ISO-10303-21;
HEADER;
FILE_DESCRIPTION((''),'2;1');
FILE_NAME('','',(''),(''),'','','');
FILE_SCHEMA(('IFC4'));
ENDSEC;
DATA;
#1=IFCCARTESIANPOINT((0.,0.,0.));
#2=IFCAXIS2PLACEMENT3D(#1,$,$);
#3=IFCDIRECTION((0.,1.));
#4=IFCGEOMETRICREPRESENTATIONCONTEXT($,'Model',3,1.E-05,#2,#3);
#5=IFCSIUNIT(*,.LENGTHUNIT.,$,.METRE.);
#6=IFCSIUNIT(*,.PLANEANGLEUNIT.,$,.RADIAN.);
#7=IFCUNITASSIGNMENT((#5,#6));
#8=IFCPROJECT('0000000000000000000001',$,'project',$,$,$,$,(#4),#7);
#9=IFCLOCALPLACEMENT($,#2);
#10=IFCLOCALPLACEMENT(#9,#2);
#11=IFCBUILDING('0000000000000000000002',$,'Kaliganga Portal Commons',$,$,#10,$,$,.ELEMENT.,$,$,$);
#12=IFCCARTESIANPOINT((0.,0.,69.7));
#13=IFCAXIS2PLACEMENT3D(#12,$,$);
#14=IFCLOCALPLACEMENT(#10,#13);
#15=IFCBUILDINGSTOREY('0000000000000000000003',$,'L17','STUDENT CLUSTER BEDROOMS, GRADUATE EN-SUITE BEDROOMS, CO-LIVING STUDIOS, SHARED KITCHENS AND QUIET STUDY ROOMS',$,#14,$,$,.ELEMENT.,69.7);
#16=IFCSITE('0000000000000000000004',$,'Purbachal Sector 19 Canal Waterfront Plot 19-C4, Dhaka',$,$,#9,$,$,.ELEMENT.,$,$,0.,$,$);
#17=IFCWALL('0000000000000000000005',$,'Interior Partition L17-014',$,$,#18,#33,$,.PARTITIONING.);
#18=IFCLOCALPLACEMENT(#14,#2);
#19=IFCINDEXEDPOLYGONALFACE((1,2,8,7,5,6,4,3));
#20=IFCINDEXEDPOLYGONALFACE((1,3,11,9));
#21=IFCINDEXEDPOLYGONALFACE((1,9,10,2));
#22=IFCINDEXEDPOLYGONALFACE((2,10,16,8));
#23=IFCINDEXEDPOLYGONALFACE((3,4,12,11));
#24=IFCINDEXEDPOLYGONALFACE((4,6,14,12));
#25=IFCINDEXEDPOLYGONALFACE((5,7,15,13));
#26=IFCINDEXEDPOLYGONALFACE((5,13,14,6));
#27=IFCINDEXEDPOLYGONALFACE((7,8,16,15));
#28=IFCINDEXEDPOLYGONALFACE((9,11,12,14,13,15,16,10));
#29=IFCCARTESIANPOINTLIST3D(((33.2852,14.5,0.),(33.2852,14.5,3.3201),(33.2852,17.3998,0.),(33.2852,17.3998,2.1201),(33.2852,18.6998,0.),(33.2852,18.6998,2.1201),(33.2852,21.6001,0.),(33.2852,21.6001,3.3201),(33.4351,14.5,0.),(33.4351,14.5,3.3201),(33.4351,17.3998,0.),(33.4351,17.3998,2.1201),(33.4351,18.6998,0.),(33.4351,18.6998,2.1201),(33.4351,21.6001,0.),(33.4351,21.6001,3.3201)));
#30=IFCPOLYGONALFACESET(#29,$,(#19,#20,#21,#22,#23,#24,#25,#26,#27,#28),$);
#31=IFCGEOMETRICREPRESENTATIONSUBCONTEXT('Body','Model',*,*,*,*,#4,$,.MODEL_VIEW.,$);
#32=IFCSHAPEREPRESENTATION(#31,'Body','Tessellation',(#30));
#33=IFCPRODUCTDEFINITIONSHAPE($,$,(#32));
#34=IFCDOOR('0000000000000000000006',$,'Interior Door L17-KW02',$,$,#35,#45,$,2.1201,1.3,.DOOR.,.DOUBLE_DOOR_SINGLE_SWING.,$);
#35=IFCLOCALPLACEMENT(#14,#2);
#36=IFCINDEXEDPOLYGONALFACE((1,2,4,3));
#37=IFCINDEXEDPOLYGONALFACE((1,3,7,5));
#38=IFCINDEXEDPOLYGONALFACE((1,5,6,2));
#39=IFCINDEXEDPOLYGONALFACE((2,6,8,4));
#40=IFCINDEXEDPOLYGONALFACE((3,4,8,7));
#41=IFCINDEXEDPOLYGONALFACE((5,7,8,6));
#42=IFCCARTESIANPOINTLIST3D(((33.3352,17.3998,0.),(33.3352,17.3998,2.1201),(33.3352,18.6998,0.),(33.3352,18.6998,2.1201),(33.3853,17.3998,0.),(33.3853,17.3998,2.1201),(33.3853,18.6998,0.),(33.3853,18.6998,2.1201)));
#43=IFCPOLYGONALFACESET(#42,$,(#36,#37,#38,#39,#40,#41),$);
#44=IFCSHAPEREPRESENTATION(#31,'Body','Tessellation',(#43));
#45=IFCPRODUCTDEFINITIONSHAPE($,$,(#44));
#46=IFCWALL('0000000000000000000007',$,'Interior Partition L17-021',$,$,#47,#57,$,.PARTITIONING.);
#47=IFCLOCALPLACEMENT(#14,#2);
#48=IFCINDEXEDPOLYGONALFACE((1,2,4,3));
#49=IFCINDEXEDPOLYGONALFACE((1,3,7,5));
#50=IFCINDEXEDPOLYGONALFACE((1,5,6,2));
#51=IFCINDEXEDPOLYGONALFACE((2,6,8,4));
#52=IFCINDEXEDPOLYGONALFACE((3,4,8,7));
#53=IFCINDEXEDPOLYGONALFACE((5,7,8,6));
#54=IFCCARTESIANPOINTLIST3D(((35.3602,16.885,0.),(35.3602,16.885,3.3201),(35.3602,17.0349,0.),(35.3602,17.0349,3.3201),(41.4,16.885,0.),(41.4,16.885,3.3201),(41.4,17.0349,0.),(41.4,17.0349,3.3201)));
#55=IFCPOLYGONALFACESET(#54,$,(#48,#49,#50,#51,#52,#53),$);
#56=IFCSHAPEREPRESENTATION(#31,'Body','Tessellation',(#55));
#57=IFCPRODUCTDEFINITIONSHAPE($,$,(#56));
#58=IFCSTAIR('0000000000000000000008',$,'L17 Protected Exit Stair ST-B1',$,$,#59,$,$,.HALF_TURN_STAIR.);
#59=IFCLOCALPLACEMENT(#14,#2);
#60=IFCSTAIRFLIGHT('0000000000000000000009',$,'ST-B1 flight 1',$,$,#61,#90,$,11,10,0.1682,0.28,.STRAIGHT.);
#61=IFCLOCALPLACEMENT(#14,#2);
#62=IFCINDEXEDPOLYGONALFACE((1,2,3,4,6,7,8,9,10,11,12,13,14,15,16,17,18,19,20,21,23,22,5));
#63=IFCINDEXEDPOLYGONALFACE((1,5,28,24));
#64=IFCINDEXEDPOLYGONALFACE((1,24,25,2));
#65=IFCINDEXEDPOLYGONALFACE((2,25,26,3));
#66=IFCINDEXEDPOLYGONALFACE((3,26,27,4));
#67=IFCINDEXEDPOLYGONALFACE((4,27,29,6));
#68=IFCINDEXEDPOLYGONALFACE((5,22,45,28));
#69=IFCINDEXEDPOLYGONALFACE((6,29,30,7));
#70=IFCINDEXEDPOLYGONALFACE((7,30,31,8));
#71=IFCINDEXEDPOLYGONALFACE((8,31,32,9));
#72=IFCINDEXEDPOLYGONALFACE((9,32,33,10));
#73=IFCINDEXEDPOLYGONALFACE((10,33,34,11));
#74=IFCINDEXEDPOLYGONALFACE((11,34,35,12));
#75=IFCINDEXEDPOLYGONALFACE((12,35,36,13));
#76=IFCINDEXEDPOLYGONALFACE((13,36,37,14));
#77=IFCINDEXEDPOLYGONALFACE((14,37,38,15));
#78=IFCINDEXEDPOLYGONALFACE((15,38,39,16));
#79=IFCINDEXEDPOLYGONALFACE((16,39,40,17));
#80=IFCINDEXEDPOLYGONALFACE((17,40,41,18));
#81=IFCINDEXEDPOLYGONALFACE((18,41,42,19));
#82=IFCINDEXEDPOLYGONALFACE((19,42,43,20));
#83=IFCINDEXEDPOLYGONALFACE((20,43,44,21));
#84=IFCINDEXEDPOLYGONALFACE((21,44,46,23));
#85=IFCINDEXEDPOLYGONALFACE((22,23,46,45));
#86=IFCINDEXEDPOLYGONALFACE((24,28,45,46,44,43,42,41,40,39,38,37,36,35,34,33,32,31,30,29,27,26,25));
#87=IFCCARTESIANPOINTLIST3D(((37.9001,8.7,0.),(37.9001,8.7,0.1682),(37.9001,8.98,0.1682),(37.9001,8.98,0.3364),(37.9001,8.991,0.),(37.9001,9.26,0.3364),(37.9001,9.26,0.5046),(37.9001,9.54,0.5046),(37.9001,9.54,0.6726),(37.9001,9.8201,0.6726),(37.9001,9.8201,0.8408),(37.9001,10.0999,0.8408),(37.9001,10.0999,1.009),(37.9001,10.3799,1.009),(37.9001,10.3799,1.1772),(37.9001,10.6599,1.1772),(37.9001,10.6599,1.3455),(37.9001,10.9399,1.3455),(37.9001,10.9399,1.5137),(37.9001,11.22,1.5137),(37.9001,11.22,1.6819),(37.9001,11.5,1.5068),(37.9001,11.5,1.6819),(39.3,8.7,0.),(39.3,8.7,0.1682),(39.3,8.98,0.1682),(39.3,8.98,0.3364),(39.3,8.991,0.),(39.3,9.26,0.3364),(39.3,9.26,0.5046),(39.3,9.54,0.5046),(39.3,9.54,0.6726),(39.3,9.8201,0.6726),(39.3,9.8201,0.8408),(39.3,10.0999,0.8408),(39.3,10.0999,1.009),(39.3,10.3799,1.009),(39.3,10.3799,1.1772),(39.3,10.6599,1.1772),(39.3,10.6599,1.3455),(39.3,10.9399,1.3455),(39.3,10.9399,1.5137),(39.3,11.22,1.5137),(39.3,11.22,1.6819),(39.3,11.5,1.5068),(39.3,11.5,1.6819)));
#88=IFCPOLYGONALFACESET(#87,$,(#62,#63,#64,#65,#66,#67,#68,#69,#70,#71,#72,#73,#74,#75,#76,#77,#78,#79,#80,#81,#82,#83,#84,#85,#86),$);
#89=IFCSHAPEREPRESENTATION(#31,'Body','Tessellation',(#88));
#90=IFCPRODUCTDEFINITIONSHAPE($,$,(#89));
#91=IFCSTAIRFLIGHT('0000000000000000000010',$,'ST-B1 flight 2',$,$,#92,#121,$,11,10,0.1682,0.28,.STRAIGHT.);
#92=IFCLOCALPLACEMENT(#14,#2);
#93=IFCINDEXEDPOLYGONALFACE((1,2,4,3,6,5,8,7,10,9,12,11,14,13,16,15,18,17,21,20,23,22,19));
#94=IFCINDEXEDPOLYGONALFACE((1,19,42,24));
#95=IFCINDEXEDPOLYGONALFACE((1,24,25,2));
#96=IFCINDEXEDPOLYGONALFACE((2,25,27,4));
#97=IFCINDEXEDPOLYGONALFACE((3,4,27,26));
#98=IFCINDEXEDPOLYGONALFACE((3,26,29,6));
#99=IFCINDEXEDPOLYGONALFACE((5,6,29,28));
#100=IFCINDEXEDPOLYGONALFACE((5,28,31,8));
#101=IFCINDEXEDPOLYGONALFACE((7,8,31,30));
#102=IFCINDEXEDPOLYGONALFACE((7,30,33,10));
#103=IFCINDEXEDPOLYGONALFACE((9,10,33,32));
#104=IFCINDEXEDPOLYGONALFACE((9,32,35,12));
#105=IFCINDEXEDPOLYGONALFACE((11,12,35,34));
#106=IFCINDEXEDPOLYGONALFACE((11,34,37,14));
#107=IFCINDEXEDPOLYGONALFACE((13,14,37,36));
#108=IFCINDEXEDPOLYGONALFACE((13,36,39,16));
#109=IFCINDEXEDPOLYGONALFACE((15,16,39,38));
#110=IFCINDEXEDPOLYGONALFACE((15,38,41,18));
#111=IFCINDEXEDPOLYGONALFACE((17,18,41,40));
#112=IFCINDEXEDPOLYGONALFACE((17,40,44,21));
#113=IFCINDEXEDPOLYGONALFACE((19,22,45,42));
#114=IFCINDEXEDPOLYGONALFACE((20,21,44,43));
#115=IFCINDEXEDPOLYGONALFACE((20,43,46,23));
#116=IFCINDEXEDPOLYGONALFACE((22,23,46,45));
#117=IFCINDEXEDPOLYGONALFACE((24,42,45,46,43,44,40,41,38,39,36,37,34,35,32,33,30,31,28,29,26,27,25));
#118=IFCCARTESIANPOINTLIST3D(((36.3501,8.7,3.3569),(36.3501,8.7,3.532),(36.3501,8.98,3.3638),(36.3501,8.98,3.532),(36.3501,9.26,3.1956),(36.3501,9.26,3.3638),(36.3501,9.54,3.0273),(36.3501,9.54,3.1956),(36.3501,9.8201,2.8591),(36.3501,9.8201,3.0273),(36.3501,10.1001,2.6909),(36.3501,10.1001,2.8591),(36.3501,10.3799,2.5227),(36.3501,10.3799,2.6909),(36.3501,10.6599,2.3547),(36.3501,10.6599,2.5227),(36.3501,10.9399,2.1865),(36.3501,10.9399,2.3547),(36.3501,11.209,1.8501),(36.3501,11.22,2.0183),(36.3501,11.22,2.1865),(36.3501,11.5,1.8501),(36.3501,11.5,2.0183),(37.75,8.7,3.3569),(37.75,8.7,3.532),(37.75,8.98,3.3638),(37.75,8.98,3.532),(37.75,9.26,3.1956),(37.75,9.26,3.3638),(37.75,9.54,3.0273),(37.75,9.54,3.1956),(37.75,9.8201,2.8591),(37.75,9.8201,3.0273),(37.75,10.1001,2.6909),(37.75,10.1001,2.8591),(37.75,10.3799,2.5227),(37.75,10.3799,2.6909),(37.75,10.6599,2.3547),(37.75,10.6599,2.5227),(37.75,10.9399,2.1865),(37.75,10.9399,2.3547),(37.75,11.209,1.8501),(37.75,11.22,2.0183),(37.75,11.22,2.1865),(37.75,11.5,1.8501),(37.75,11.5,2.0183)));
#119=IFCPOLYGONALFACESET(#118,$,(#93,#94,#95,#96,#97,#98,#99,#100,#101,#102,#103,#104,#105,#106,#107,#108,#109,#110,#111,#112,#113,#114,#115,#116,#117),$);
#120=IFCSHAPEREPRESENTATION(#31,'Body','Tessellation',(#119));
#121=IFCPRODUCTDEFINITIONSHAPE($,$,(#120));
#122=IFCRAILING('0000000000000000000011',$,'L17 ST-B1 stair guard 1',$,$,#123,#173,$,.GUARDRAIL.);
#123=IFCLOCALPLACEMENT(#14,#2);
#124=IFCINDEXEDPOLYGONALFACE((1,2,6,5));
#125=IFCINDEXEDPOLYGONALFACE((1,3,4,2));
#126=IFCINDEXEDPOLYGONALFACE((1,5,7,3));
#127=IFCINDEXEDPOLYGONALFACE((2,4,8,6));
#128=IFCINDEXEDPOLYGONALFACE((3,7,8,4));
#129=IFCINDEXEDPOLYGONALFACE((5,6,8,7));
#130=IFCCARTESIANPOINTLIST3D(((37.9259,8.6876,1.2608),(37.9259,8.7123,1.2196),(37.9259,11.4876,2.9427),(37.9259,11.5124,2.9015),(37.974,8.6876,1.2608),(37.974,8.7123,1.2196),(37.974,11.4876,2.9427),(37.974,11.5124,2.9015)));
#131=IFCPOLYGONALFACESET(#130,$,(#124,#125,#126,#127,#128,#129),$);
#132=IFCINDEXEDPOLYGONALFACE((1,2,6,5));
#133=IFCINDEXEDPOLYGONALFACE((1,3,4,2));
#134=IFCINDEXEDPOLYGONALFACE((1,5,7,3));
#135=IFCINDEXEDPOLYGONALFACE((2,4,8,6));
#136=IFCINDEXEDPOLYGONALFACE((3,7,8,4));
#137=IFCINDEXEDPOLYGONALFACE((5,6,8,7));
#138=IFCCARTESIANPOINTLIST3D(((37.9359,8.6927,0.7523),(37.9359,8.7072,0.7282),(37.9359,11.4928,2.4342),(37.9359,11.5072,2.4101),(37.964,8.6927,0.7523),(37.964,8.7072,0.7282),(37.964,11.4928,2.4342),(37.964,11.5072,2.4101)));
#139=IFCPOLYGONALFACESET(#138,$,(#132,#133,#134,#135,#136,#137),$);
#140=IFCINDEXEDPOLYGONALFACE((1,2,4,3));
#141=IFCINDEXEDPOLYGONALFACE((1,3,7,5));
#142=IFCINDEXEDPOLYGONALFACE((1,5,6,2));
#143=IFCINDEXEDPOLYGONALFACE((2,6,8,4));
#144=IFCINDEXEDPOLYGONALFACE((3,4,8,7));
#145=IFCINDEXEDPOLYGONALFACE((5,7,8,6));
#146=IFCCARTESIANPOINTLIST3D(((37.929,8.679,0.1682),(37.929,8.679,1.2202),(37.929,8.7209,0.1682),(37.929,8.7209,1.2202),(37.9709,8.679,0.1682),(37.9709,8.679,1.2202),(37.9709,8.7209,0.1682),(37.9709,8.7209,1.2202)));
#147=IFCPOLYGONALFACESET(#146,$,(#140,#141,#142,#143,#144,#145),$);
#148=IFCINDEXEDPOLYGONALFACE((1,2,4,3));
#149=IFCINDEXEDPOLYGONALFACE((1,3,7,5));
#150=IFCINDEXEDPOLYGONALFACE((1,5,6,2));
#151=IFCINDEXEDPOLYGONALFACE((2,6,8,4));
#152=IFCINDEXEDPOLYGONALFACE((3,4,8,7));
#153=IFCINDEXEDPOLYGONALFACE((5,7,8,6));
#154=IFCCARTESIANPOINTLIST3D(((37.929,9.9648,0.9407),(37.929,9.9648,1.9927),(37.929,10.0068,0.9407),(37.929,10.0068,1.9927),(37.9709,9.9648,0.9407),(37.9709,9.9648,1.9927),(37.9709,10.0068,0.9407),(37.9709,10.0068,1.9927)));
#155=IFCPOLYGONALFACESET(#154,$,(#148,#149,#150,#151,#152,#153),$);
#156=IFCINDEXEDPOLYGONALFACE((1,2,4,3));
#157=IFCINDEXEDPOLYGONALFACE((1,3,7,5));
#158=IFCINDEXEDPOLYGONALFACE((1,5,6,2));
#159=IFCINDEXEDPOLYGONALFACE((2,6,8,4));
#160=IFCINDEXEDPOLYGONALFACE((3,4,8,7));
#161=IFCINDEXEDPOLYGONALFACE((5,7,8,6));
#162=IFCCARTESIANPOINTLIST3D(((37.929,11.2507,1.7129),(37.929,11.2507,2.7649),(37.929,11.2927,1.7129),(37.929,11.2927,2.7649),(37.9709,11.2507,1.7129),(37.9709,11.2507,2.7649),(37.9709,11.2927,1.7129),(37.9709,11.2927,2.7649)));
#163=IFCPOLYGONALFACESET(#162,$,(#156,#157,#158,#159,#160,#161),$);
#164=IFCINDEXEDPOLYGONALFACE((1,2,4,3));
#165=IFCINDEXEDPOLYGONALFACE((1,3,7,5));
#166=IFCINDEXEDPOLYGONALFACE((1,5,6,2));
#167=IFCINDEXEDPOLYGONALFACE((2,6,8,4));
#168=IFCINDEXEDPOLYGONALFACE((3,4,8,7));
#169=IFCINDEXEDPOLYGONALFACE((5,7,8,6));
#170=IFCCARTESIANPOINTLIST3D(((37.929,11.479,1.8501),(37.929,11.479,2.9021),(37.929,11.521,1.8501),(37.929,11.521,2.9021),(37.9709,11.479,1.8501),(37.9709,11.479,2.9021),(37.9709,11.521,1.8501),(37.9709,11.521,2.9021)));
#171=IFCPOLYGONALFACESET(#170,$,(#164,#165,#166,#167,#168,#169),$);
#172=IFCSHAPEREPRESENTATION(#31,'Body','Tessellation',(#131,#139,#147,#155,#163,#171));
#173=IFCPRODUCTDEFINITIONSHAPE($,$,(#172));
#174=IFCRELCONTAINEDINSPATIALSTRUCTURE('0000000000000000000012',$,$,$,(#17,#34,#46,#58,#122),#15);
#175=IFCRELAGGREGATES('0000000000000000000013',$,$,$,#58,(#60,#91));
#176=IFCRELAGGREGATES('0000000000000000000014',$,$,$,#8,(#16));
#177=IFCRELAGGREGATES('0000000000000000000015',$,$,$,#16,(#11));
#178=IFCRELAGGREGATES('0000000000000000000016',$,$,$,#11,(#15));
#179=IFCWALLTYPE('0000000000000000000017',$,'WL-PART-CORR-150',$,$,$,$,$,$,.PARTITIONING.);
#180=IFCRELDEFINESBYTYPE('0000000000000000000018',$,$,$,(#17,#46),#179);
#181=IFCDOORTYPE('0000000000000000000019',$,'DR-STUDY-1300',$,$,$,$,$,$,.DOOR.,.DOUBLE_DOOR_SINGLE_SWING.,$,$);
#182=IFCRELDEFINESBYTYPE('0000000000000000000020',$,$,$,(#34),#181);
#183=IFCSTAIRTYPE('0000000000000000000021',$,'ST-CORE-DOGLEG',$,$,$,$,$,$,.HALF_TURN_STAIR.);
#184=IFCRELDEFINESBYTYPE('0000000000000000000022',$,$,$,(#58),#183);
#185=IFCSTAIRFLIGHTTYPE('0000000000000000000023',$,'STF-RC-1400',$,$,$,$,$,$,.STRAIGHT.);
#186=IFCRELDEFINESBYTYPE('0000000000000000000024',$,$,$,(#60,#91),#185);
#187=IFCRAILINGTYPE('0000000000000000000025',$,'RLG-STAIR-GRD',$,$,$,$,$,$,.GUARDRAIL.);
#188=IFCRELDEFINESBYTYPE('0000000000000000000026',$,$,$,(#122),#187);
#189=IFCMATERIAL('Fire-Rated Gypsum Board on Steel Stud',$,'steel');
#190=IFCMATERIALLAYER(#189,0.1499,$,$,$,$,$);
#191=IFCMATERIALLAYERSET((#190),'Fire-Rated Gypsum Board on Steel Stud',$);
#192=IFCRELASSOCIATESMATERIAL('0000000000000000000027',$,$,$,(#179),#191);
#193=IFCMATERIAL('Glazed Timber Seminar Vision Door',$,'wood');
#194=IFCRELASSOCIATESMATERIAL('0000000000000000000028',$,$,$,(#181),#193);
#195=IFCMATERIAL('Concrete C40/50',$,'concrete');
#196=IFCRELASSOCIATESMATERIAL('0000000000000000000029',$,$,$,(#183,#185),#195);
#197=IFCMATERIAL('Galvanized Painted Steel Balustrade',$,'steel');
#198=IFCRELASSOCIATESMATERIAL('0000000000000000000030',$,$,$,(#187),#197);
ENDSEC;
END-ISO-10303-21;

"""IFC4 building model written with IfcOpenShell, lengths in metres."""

from ifc_helpers import new_model, si_unit, direction, frame, frame_2d, origin, origin_2d, place, context, subcontext, project, spatial, polyline, rectangle, outline, extrude, material, layer, layer_set, type_object, element, fill, aggregate, save


model = new_model("IFC4")

# Units and contexts
model_context = context("Model", 3, precision=1e-05, world=origin(), true_north=direction((0.0, 1.0)))
body_context = subcontext(model_context, "Body", "Model", "MODEL_VIEW")
ifc_project = project(units=[si_unit("LENGTHUNIT", "METRE"), si_unit("PLANEANGLEUNIT", "RADIAN")], contexts=[model_context])

# Site, building, storey
site_placement = place(None, origin())
site = spatial("IfcSite", under=ifc_project, at=site_placement, Name="Purbachal Sector 19 Canal Waterfront Plot 19-C4, Dhaka", CompositionType="ELEMENT", RefElevation=0.0)
building_placement = place(site_placement, origin())
building = spatial("IfcBuilding", under=site, at=building_placement, Name="Kaliganga Portal Commons", CompositionType="ELEMENT")
storey_placement = place(building_placement, frame((0.0, 0.0, 69.7)))
storey = spatial("IfcBuildingStorey", under=building, at=storey_placement, Name="L17", Description="STUDENT CLUSTER BEDROOMS, GRADUATE EN-SUITE BEDROOMS, CO-LIVING STUDIOS, SHARED KITCHENS AND QUIET STUDY ROOMS", CompositionType="ELEMENT", Elevation=69.7)

# Wall, opening, door
ifc_material_1 = material(Name="Fire-Rated Gypsum Board on Steel Stud", Category="steel")
ifc_layer_1 = layer(ifc_material_1, 0.1499)
ifc_layer_set_1 = layer_set([ifc_layer_1], Name="Fire-Rated Gypsum Board on Steel Stud")
wall_type_1 = type_object("IfcWallType", Name="WL-PART-CORR-150", PredefinedType="PARTITIONING", material=ifc_layer_set_1)
ifc_material_2 = material(Name="Glazed Timber Seminar Vision Door", Category="wood")
door_type = type_object("IfcDoorType", Name="DR-STUDY-1300", OperationType="DOUBLE_DOOR_SINGLE_SWING", PredefinedType="DOOR", material=ifc_material_2)
wall_1_placement = place(storey_placement, frame((33.3601, 14.5, 0.0), z_axis=(0.0, 0.0, 1.0), x_axis=(0.0, 1.0, 0.0)))
wall_1 = element("IfcWall", 1, at=wall_1_placement, inside=storey, type_object=wall_type_1, Name="Interior Partition L17-014", PredefinedType="PARTITIONING", context=body_context, shape_type="SweptSolid", body=[
    extrude(rectangle(XDim=7.1001, YDim=0.1499, at=frame_2d((3.55, 0.0))), origin(), (0.0, 0.0, 1.0), 3.3201),
])
opening_1_placement = place(wall_1_placement, frame((2.8999, 0.0, 0.0)))
opening_1 = element("IfcOpeningElement", 2, at=opening_1_placement, cuts=wall_1, PredefinedType="OPENING", context=body_context, shape_type="SweptSolid", body=[
    extrude(rectangle(XDim=1.3, YDim=2.1201, at=frame_2d((0.6499, 1.0601))), frame((0.0, 0.085, 0.0), z_axis=(0.0, -1.0, 0.0), x_axis=(1.0, 0.0, 0.0)), (0.0, 0.0, 1.0), 0.1699),
])
door_1_placement = place(opening_1_placement, origin())
door_1 = element("IfcDoor", 3, at=door_1_placement, inside=storey, type_object=door_type, Name="Interior Door L17-KW02", OperationType="DOUBLE_DOOR_SINGLE_SWING", OverallHeight=2.1201, OverallWidth=1.3, PredefinedType="DOOR", context=body_context, shape_type="SweptSolid", body=[
    extrude(rectangle(XDim=1.3, YDim=2.1201, at=frame_2d((0.6499, 1.0601))), frame((0.0, 0.0249, 0.0), z_axis=(0.0, -1.0, 0.0), x_axis=(1.0, 0.0, 0.0)), (0.0, 0.0, 1.0), 0.05),
])
fill(opening_1, door_1)

# Wall
wall_2_placement = place(storey_placement, frame((35.3601, 16.96, 0.0), z_axis=(0.0, 0.0, 1.0), x_axis=(1.0, 0.0, 0.0)))
element("IfcWall", 4, at=wall_2_placement, inside=storey, type_object=wall_type_1, Name="Interior Partition L17-021", PredefinedType="PARTITIONING", context=body_context, shape_type="SweptSolid", body=[
    extrude(rectangle(XDim=6.0398, YDim=0.1499, at=frame_2d((3.02, 0.0))), origin(), (0.0, 0.0, 1.0), 3.3201),
])

# Stair, stair flights
ifc_material_3 = material(Name="Concrete C40/50", Category="concrete")
stair_type = type_object("IfcStairType", Name="ST-CORE-DOGLEG", PredefinedType="HALF_TURN_STAIR", material=ifc_material_3)
stair_placement = place(storey_placement, origin())
stair = element("IfcStair", 5, at=stair_placement, inside=storey, type_object=stair_type, Name="L17 Protected Exit Stair ST-B1", PredefinedType="HALF_TURN_STAIR")
stair_flight_type = type_object("IfcStairFlightType", Name="STF-RC-1400", PredefinedType="STRAIGHT", material=ifc_material_3)
stair_flight_1_placement = place(storey_placement, frame((38.6001, 8.7, 0.0), z_axis=(0.0, 0.0, 1.0), x_axis=(0.0, 1.0, 0.0)))
stair_flight_1 = element("IfcStairFlight", 6, at=stair_flight_1_placement, type_object=stair_flight_type, Name="ST-B1 flight 1", NumberOfRisers=11, NumberOfTreads=10, PredefinedType="STRAIGHT", RiserHeight=0.1682, TreadLength=0.28, context=body_context, shape_type="SweptSolid", body=[
    extrude(outline(polyline([(0.0, 0.0), (0.0, 0.1682), (0.28, 0.1682), (0.28, 0.3364), (0.5601, 0.3364), (0.5601, 0.5046), (0.8401, 0.5046), (0.8401, 0.6726), (1.1201, 0.6726), (1.1201, 0.8408), (1.3999, 0.8408), (1.3999, 1.009), (1.6799, 1.009), (1.6799, 1.1772), (1.96, 1.1772), (1.96, 1.3455), (2.24, 1.3455), (2.24, 1.5137), (2.52, 1.5137), (2.52, 1.6819), (2.8, 1.6819), (2.8, 1.8501), (2.8, 1.5068), (0.291, 0.0), (0.0, 0.0)])), frame((0.0, 0.7, 0.0), z_axis=(0.0, -1.0, 0.0), x_axis=(1.0, 0.0, 0.0)), (0.0, 0.0, 1.0), 1.3999),
])
stair_flight_2_placement = place(storey_placement, frame((37.05, 11.5, 1.8501), z_axis=(0.0, 0.0, 1.0), x_axis=(0.0, -1.0, 0.0)))
stair_flight_2 = element("IfcStairFlight", 7, at=stair_flight_2_placement, type_object=stair_flight_type, Name="ST-B1 flight 2", NumberOfRisers=11, NumberOfTreads=10, PredefinedType="STRAIGHT", RiserHeight=0.1682, TreadLength=0.28, context=body_context, shape_type="SweptSolid", body=[
    extrude(outline(polyline([(0.0, 0.0), (0.0, 0.1682), (0.28, 0.1682), (0.28, 0.3364), (0.5601, 0.3364), (0.5601, 0.5046), (0.8401, 0.5046), (0.8401, 0.6726), (1.1201, 0.6726), (1.1201, 0.8408), (1.3999, 0.8408), (1.3999, 1.009), (1.6799, 1.009), (1.6799, 1.1772), (1.96, 1.1772), (1.96, 1.3455), (2.24, 1.3455), (2.24, 1.5137), (2.52, 1.5137), (2.52, 1.6819), (2.8, 1.6819), (2.8, 1.8501), (2.8, 1.5068), (0.291, 0.0), (0.0, 0.0)])), frame((0.0, 0.7, 0.0), z_axis=(0.0, -1.0, 0.0), x_axis=(1.0, 0.0, 0.0)), (0.0, 0.0, 1.0), 1.3999),
])
aggregate(stair, [stair_flight_1, stair_flight_2])

# Railing
ifc_material_4 = material(Name="Galvanized Painted Steel Balustrade", Category="steel")
railing_type_1 = type_object("IfcRailingType", Name="RLG-STAIR-GRD", PredefinedType="GUARDRAIL", material=ifc_material_4)
railing_1_placement = place(storey_placement, frame((37.95, 8.7, 0.1682)))
element("IfcRailing", 8, at=railing_1_placement, inside=storey, type_object=railing_type_1, Name="L17 ST-B1 stair guard 1", PredefinedType="GUARDRAIL", context=body_context, shape_type="SweptSolid", body=[
    extrude(rectangle(XDim=0.0481, YDim=0.0481, at=origin_2d()), frame((0.0, 0.0, 1.072), z_axis=(0.0, 0.857242, 0.514913), x_axis=(-1.0, 0.0, 0.0)), (0.0, 0.0, 1.0), 3.2664),
    extrude(rectangle(XDim=0.0281, YDim=0.0281, at=origin_2d()), frame((0.0, 0.0, 0.572), z_axis=(0.0, 0.857242, 0.514913), x_axis=(-1.0, 0.0, 0.0)), (0.0, 0.0, 1.0), 3.2664),
    extrude(rectangle(XDim=0.042, YDim=0.042, at=origin_2d()), origin(), (0.0, 0.0, 1.0), 1.052),
    extrude(rectangle(XDim=0.042, YDim=0.042, at=origin_2d()), frame((0.0, 1.2859, 0.7725)), (0.0, 0.0, 1.0), 1.052),
    extrude(rectangle(XDim=0.042, YDim=0.042, at=origin_2d()), frame((0.0, 2.5718, 1.5447)), (0.0, 0.0, 1.0), 1.052),
    extrude(rectangle(XDim=0.042, YDim=0.042, at=origin_2d()), frame((0.0, 2.8, 1.6819)), (0.0, 0.0, 1.0), 1.052),
])

save(model, "model.ifc")
